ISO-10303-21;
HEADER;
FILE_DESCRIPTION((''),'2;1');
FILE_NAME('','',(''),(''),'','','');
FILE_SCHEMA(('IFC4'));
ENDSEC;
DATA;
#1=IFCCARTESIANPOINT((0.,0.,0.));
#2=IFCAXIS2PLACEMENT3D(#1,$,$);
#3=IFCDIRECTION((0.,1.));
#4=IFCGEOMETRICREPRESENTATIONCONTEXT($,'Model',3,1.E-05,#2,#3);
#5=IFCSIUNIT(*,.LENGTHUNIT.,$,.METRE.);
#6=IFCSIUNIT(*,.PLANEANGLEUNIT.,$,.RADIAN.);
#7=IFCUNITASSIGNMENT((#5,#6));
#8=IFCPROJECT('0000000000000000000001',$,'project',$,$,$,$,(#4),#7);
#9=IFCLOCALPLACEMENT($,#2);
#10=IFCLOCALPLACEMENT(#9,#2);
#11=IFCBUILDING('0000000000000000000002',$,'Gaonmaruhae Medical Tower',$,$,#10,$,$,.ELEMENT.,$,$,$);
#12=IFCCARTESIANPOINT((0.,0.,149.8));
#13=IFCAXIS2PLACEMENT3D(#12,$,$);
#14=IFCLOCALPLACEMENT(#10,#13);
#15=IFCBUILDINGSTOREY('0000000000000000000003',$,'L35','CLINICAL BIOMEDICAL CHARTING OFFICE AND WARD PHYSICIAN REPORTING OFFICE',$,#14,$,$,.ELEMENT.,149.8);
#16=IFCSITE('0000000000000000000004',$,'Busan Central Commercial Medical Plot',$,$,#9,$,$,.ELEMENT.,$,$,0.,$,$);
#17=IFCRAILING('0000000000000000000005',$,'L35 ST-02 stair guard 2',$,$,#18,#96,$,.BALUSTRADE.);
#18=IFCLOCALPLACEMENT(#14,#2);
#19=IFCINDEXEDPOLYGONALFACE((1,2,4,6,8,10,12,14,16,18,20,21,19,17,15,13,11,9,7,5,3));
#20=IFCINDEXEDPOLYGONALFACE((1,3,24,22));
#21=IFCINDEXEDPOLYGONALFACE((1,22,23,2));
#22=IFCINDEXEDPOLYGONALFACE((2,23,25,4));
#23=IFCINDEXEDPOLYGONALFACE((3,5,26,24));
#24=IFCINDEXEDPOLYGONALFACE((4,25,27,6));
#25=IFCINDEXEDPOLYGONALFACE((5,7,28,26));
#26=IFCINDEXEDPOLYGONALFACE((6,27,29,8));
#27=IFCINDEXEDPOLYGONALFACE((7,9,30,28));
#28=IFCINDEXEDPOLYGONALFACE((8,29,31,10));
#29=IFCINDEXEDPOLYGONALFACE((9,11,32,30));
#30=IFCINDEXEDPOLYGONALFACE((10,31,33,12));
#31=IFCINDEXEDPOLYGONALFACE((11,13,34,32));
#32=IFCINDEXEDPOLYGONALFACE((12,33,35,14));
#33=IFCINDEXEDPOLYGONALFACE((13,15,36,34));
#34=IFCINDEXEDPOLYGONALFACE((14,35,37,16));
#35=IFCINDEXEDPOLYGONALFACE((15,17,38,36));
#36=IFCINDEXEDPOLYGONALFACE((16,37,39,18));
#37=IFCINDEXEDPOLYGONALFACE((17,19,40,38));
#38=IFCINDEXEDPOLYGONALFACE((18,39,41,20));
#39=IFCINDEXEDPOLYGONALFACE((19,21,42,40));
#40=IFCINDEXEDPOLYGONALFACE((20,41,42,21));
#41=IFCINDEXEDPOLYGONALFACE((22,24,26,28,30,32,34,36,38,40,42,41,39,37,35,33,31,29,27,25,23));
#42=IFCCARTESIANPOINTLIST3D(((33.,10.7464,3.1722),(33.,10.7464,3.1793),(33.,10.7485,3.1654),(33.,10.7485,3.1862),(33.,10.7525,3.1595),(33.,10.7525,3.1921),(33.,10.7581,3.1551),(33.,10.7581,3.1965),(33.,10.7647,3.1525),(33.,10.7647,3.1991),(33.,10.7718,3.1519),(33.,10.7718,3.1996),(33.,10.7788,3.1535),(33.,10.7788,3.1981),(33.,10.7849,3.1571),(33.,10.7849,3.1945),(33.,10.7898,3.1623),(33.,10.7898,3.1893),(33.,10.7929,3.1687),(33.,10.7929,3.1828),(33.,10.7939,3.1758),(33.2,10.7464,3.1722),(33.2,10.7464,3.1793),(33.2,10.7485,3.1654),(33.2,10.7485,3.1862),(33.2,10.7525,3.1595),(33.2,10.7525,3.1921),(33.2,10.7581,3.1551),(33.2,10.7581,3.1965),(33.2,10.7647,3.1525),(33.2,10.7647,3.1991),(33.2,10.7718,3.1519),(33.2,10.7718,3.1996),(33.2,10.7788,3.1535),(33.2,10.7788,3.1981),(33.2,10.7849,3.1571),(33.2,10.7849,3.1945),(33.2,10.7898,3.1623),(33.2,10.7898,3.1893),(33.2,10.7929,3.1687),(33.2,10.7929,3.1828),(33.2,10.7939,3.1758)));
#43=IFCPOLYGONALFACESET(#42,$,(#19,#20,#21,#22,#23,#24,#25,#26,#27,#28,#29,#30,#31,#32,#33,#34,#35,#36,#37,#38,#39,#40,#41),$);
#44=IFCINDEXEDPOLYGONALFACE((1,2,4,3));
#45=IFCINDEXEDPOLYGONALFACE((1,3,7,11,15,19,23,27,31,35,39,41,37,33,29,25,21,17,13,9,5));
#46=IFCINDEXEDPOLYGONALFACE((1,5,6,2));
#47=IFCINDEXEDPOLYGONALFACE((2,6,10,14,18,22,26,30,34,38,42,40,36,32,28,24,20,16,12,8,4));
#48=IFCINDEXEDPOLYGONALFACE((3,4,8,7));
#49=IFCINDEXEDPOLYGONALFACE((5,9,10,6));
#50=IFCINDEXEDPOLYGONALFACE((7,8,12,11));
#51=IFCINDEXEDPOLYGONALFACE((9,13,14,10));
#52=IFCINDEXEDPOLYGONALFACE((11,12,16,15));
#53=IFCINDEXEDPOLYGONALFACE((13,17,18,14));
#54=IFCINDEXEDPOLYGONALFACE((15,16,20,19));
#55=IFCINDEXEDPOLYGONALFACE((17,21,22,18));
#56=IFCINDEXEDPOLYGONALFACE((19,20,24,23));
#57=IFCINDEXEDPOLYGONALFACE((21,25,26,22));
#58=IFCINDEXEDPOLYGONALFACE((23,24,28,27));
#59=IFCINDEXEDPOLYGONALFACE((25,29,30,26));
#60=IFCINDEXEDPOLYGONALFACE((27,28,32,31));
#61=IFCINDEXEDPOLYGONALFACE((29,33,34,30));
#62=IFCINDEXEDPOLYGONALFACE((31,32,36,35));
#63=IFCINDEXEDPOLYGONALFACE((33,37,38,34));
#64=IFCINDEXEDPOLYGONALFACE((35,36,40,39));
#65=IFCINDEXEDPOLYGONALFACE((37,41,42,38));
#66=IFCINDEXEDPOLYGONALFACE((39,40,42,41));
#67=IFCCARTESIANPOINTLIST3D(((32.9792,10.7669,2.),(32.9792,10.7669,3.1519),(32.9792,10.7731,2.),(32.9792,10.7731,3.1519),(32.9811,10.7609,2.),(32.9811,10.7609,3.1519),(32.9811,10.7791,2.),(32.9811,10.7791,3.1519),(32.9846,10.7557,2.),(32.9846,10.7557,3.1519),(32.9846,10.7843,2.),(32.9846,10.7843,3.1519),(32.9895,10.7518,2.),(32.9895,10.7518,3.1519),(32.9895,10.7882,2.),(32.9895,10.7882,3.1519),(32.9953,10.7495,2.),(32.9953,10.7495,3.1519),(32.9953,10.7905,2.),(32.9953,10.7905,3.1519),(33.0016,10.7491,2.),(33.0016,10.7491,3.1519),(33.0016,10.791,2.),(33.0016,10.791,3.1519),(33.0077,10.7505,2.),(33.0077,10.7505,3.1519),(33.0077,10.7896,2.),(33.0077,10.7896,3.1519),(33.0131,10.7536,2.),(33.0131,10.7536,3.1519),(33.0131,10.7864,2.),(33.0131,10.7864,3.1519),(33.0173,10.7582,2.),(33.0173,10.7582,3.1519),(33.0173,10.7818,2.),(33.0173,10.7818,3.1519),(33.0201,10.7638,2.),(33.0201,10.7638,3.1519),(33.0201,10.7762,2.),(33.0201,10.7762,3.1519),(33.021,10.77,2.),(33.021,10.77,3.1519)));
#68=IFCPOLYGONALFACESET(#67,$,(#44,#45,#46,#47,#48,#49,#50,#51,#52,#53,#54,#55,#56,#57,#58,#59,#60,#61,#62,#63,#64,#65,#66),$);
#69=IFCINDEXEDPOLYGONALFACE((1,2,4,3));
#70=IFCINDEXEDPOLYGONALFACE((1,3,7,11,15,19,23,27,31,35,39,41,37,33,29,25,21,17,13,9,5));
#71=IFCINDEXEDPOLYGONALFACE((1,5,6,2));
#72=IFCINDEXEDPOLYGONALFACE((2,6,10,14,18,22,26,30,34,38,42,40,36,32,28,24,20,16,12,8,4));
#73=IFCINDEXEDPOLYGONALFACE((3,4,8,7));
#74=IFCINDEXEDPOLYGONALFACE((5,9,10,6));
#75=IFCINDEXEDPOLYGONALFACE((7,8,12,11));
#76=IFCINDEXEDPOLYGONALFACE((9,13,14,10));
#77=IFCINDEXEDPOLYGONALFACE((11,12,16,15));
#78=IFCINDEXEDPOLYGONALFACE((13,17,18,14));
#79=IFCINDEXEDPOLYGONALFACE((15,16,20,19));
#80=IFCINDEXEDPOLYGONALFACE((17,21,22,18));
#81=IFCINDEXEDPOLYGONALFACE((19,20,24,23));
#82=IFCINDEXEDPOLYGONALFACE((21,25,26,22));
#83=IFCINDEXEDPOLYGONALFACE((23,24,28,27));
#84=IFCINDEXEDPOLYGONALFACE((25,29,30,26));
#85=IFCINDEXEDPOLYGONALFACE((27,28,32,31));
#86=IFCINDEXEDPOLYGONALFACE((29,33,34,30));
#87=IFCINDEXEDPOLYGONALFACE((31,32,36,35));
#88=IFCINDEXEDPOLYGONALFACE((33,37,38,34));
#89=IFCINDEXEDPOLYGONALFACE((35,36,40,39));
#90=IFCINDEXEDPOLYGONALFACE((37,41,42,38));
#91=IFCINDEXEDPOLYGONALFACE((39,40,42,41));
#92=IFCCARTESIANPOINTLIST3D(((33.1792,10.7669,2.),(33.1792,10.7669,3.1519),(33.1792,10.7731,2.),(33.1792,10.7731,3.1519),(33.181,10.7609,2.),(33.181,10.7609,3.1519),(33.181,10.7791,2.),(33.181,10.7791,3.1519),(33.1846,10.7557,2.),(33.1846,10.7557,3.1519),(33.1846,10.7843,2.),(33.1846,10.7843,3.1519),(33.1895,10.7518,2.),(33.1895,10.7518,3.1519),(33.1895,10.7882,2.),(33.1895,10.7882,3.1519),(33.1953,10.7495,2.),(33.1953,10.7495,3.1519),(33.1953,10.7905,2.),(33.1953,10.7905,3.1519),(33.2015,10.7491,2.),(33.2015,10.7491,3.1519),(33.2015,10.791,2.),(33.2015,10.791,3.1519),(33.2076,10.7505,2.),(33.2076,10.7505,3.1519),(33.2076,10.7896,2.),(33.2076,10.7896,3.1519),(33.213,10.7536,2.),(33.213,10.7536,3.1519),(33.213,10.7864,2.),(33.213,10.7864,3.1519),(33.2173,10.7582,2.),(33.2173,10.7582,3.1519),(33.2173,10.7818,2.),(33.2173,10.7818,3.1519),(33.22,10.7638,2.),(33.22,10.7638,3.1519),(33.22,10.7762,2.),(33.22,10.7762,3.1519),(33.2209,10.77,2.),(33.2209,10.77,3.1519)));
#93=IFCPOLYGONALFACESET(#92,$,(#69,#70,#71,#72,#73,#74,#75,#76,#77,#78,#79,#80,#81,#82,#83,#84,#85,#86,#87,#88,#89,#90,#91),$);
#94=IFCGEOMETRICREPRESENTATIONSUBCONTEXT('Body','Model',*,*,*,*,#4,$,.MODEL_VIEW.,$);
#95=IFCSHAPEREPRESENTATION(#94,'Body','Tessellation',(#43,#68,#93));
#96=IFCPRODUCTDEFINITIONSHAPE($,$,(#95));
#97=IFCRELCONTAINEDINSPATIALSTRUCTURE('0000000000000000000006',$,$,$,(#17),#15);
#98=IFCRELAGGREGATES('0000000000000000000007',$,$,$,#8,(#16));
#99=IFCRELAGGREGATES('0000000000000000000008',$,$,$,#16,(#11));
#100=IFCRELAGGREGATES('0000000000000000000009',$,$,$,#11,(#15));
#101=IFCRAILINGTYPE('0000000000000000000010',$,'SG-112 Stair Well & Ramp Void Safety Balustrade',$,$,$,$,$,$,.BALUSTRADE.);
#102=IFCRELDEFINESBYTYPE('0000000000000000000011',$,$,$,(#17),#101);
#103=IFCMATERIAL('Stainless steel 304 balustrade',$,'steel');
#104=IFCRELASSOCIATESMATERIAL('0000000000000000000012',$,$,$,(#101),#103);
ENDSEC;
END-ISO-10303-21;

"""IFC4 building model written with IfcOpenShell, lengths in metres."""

from ifc_helpers import new_model, si_unit, direction, frame, origin, origin_2d, place, context, subcontext, project, spatial, circle, extrude, material, type_object, element, save


model = new_model("IFC4")

# Units and contexts
model_context = context("Model", 3, precision=1e-05, world=origin(), true_north=direction((0.0, 1.0)))
body_context = subcontext(model_context, "Body", "Model", "MODEL_VIEW")
ifc_project = project(units=[si_unit("LENGTHUNIT", "METRE"), si_unit("PLANEANGLEUNIT", "RADIAN")], contexts=[model_context])

# Site, building, storey
site_placement = place(None, origin())
site = spatial("IfcSite", under=ifc_project, at=site_placement, Name="Busan Central Commercial Medical Plot", CompositionType="ELEMENT", RefElevation=0.0)
building_placement = place(site_placement, origin())
building = spatial("IfcBuilding", under=site, at=building_placement, Name="Gaonmaruhae Medical Tower", CompositionType="ELEMENT")
storey_placement = place(building_placement, frame((0.0, 0.0, 149.8)))
storey = spatial("IfcBuildingStorey", under=building, at=storey_placement, Name="L35", Description="CLINICAL BIOMEDICAL CHARTING OFFICE AND WARD PHYSICIAN REPORTING OFFICE", CompositionType="ELEMENT", Elevation=149.8)

# Railing
ifc_material_1 = material(Name="Stainless steel 304 balustrade", Category="steel")
railing_type_1 = type_object("IfcRailingType", Name="SG-112 Stair Well & Ramp Void Safety Balustrade", PredefinedType="BALUSTRADE", material=ifc_material_1)
railing_1_placement = place(storey_placement, frame((33.0, 10.77, 2.0)))
element("IfcRailing", 1, at=railing_1_placement, inside=storey, type_object=railing_type_1, Name="L35 ST-02 stair guard 2", PredefinedType="BALUSTRADE", context=body_context, shape_type="SweptSolid", body=[
    extrude(circle(Radius=0.0239, at=origin_2d()), frame((0.0, 0.0, 1.1758), z_axis=(1.0, 0.0, 0.0), x_axis=(0.0, 1.0, 0.0)), (0.0, 0.0, 1.0), 0.2),
    extrude(circle(Radius=0.021, at=origin_2d()), origin(), (0.0, 0.0, 1.0), 1.1519),
    extrude(circle(Radius=0.021, at=origin_2d()), frame((0.2, 0.0, 0.0)), (0.0, 0.0, 1.0), 1.1519),
])

save(model, "model.ifc")
